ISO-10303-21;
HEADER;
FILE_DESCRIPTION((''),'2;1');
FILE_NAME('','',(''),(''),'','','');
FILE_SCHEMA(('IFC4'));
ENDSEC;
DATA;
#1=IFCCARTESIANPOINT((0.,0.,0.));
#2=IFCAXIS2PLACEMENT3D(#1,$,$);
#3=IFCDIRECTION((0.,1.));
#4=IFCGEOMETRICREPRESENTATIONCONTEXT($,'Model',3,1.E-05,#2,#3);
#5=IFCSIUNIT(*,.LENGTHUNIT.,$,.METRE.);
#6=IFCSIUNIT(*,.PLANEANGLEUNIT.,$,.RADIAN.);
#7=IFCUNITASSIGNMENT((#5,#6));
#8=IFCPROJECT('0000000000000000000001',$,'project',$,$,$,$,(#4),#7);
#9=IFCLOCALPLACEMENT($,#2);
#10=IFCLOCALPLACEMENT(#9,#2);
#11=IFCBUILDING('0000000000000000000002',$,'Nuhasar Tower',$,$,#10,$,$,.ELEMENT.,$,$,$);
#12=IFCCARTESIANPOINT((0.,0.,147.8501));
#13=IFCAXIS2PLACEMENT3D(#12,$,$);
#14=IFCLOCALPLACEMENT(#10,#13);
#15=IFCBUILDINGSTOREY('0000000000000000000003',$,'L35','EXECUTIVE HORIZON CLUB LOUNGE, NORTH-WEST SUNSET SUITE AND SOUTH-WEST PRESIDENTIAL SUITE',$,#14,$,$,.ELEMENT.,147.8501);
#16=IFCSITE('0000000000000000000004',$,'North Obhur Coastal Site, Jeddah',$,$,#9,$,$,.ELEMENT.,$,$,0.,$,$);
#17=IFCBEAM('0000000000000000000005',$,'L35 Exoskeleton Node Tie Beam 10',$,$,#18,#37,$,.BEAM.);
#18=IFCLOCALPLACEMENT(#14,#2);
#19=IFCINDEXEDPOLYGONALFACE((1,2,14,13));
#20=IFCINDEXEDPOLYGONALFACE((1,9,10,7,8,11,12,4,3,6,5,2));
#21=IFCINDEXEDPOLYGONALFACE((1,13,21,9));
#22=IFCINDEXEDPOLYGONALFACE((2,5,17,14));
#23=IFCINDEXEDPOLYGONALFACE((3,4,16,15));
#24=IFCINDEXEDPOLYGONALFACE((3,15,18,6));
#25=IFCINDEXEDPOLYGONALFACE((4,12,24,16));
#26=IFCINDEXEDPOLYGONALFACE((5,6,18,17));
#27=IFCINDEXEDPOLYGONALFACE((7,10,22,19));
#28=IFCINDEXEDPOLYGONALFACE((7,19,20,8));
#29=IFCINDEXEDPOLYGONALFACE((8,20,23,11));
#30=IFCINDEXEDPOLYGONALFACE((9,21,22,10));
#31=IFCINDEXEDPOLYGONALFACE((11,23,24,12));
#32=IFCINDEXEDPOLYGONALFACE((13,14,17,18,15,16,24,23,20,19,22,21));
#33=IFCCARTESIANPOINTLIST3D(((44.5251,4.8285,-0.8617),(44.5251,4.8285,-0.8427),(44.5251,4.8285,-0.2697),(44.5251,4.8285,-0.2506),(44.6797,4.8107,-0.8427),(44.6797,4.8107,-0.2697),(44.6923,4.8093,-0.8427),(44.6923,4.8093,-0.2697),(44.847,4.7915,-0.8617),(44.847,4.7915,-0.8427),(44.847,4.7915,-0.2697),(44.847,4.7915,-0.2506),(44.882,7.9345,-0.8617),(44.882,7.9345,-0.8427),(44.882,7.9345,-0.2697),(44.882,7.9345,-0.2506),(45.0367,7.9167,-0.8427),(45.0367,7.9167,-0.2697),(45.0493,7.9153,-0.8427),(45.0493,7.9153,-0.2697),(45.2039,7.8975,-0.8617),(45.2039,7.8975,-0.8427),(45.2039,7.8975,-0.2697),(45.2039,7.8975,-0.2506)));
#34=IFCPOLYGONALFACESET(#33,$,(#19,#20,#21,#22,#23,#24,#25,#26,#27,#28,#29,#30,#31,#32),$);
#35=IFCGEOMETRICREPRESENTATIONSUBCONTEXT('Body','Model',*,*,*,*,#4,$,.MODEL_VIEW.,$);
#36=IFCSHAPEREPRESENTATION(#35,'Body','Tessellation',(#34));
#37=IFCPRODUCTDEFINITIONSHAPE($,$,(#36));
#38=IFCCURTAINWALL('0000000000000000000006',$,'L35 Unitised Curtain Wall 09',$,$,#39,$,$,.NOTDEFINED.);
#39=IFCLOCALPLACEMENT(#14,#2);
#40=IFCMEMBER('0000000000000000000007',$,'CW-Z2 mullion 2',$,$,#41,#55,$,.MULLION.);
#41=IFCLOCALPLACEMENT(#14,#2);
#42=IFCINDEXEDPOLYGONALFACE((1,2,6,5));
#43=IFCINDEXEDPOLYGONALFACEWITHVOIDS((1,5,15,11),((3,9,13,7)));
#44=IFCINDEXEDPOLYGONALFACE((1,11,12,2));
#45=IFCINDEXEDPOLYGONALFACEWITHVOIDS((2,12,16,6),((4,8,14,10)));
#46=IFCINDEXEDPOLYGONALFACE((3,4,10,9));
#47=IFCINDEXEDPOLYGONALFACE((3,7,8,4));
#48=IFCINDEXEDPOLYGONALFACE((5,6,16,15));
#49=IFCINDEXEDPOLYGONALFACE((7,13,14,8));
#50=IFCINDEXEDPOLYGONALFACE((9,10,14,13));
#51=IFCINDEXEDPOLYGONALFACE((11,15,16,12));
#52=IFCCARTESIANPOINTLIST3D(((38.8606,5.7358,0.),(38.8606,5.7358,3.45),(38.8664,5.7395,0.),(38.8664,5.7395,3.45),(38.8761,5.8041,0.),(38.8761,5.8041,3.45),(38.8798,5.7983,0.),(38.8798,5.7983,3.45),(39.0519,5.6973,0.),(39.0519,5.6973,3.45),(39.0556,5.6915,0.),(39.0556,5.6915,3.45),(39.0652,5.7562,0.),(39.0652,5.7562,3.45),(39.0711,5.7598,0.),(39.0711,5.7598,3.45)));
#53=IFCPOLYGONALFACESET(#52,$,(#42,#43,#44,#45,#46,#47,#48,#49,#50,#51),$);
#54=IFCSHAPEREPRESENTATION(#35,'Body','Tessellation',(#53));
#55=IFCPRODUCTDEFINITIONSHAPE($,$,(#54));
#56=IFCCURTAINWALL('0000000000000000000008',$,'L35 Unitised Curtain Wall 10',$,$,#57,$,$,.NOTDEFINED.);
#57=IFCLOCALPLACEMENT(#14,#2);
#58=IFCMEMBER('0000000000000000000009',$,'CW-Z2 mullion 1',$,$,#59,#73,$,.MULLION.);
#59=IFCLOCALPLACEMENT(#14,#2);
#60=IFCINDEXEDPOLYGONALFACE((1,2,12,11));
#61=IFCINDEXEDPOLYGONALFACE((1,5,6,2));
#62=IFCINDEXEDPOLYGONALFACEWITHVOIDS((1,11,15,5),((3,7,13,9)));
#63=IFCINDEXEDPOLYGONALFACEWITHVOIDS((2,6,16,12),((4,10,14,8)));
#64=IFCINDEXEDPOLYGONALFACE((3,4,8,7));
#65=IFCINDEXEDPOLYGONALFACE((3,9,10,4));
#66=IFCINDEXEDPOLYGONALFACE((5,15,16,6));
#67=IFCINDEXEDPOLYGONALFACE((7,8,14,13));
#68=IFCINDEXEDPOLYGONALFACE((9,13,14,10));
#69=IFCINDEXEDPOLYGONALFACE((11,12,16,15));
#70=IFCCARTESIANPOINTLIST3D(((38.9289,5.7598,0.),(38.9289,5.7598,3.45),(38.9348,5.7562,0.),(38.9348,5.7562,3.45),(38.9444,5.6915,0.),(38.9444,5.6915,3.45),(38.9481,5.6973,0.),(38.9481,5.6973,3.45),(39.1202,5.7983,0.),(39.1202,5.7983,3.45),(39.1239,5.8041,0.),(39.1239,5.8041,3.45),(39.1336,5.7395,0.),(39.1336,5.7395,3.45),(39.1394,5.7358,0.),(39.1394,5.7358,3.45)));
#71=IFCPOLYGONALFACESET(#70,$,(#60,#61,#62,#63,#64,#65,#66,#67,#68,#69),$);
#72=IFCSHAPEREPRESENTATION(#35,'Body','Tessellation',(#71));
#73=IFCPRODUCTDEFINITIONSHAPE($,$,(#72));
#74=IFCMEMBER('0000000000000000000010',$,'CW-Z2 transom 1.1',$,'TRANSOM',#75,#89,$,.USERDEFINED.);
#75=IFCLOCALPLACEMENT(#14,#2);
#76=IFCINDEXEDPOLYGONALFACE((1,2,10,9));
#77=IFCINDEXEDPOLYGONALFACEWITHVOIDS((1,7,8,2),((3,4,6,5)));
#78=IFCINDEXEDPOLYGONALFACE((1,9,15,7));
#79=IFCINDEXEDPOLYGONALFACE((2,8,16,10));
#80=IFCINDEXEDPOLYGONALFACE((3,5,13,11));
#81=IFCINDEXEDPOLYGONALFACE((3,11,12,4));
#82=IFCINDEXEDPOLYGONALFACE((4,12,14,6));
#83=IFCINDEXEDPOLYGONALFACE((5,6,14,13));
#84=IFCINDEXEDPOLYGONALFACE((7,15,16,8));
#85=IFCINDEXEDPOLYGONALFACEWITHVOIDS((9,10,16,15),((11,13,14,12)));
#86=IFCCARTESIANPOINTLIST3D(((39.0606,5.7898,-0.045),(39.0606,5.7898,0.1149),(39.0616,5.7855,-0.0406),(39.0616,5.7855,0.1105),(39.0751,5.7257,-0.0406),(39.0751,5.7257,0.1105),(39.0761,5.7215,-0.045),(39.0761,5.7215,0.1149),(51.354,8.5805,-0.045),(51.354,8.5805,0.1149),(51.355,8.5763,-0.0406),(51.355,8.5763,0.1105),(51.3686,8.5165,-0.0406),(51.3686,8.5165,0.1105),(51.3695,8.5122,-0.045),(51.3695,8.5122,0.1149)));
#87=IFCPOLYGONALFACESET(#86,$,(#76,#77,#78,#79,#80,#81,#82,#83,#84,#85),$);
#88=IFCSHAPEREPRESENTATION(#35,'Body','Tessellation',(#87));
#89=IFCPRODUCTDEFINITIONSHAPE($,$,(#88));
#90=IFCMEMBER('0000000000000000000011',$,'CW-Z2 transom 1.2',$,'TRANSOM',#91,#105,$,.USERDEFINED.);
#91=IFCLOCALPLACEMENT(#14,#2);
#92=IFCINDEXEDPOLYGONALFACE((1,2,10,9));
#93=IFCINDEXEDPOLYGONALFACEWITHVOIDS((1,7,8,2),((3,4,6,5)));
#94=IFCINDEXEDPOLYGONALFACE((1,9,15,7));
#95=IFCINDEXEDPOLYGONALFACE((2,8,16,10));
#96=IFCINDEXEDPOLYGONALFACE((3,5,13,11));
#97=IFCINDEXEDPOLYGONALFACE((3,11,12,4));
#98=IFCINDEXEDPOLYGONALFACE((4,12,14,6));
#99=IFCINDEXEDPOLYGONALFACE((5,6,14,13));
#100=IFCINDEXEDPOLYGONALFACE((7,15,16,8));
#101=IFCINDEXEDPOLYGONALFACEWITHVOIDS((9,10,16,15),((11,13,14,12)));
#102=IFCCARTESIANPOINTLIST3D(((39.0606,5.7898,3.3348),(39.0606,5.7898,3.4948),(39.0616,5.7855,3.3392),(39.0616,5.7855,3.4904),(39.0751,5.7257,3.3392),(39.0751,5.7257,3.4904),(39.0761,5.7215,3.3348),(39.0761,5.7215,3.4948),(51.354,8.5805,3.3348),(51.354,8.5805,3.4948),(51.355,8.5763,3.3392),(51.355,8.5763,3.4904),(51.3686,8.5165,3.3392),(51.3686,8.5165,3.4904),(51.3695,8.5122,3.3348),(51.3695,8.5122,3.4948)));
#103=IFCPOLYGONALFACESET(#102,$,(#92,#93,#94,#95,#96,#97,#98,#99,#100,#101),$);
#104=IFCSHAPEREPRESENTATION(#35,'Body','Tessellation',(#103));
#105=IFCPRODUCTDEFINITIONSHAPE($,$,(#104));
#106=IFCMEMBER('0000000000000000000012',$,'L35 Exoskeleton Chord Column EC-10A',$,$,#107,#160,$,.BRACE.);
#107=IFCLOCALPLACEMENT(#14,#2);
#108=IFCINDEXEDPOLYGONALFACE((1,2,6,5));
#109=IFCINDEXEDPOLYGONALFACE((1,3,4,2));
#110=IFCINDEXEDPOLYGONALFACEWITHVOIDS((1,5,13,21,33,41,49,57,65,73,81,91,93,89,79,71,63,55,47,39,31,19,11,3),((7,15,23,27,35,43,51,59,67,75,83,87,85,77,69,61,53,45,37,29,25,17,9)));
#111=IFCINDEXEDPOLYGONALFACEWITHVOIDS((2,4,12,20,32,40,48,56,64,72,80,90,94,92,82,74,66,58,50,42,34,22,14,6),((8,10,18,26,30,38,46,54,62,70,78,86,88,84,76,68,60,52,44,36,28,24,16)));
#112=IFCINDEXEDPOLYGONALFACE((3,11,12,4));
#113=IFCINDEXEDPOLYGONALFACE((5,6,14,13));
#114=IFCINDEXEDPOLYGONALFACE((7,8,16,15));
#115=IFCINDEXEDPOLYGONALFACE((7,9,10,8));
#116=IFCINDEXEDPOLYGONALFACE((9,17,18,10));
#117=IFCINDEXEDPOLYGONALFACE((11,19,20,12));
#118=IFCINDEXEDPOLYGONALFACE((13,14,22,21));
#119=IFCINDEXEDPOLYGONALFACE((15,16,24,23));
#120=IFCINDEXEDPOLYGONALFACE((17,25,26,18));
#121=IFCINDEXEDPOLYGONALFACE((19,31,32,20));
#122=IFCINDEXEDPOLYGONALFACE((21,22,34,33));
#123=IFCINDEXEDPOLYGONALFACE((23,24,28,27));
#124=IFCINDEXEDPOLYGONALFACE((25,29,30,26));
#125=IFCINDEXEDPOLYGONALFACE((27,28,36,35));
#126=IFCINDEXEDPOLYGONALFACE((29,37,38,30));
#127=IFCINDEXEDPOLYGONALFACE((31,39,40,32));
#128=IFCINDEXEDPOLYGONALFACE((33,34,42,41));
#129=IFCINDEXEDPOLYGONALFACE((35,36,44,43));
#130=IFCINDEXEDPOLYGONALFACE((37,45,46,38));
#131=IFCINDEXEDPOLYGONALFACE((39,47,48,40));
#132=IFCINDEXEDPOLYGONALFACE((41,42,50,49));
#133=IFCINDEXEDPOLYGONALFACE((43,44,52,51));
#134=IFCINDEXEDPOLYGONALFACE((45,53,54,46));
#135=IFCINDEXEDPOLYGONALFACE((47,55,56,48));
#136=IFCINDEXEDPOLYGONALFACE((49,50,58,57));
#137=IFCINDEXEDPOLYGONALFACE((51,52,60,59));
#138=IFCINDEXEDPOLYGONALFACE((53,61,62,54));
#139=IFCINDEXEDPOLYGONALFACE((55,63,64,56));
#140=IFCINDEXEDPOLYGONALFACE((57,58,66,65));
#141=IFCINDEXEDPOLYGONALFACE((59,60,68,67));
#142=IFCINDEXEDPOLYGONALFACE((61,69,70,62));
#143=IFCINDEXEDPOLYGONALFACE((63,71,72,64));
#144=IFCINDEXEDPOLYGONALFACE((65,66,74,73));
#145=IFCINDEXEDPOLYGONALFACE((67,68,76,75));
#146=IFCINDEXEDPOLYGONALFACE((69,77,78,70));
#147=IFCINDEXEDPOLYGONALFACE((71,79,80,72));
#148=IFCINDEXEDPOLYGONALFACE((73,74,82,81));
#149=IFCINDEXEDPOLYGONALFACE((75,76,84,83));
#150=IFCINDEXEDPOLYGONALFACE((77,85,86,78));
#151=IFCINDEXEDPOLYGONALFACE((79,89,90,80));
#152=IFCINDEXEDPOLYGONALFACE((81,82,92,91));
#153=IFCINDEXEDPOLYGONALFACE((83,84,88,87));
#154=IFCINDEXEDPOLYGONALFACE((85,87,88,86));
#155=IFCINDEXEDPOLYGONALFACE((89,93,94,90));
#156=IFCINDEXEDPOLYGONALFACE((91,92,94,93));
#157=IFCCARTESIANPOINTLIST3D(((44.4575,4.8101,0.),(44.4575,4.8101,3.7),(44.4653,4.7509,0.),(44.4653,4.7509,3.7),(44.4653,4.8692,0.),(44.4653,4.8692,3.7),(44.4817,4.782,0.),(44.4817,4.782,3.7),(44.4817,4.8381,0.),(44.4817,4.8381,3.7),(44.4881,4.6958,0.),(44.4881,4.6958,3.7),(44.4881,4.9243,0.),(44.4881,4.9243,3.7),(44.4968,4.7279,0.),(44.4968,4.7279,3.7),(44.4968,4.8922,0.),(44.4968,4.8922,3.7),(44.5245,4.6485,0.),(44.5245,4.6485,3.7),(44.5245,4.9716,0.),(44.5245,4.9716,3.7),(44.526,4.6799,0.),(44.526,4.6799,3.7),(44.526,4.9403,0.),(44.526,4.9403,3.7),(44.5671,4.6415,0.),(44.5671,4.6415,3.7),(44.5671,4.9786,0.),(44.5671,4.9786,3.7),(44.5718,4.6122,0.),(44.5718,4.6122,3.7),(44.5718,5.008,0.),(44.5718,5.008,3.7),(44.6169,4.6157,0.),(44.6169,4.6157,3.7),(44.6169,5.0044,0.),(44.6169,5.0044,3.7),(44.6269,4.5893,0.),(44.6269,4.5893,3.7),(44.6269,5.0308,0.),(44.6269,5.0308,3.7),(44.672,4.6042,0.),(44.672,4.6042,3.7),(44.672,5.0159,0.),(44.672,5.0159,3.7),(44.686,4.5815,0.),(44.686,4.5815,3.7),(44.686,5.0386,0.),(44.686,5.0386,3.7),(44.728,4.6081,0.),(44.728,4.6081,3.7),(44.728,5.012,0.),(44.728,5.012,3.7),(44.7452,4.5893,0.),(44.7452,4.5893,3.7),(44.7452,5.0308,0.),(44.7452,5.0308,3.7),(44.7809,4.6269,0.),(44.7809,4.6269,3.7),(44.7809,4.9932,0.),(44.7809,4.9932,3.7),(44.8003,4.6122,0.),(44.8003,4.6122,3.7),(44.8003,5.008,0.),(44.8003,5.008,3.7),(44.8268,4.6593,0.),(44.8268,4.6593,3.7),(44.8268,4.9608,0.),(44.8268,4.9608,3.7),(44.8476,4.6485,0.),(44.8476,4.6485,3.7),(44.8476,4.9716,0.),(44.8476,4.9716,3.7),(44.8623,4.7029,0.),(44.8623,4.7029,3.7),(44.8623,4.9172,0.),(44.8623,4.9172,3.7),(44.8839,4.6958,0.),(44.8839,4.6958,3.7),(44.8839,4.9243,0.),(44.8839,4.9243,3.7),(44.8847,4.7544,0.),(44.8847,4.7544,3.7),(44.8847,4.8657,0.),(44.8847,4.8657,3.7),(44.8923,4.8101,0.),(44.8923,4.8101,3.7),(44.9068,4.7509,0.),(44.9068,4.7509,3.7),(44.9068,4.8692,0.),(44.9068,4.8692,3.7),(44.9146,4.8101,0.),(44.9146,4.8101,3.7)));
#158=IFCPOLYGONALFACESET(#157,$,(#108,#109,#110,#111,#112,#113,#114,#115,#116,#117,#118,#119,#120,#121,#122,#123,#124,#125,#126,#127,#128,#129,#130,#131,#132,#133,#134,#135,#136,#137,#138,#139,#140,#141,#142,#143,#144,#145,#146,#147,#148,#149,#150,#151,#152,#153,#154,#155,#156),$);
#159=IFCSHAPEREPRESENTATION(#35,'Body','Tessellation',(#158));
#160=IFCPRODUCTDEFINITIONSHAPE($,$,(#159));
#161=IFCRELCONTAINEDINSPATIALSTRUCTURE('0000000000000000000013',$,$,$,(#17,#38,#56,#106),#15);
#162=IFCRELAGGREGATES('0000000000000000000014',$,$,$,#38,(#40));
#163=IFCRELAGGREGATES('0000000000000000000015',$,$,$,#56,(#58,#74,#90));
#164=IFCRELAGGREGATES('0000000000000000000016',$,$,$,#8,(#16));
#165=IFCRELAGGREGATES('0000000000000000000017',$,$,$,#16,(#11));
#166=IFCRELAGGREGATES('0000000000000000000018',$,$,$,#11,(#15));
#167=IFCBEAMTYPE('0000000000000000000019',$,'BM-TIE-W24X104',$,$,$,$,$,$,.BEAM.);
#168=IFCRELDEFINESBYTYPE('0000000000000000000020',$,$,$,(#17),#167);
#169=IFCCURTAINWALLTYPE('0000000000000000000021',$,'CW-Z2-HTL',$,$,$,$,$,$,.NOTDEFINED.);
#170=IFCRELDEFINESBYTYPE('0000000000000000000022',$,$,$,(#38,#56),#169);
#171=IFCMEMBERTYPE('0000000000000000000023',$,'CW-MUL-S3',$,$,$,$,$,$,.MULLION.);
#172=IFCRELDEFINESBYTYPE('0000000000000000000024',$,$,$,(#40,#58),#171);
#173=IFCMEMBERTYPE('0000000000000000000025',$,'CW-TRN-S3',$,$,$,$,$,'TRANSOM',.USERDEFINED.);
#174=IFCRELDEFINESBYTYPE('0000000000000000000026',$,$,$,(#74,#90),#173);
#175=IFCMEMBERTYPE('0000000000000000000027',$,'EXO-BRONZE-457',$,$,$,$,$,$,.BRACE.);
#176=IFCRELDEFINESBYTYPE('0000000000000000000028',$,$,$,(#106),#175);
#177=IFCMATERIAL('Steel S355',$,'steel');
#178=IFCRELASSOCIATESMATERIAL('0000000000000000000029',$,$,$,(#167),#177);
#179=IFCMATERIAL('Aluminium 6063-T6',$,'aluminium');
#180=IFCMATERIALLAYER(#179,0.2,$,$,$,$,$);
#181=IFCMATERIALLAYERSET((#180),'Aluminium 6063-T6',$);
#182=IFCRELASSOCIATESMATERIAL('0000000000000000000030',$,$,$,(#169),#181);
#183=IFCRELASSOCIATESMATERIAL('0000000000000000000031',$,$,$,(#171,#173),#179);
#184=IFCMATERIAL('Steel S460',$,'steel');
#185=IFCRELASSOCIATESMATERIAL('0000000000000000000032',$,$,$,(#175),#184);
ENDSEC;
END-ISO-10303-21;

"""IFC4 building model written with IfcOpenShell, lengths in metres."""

from ifc_helpers import new_model, si_unit, direction, frame, origin, origin_2d, place, context, subcontext, project, spatial, hollow_rectangle, hollow_circle, i_section, extrude, material, layer, layer_set, material_profile, profile_set, type_object, element, aggregate, save


model = new_model("IFC4")

# Units and contexts
model_context = context("Model", 3, precision=1e-05, world=origin(), true_north=direction((0.0, 1.0)))
body_context = subcontext(model_context, "Body", "Model", "MODEL_VIEW")
ifc_project = project(units=[si_unit("LENGTHUNIT", "METRE"), si_unit("PLANEANGLEUNIT", "RADIAN")], contexts=[model_context])

# Site, building, storey
site_placement = place(None, origin())
site = spatial("IfcSite", under=ifc_project, at=site_placement, Name="North Obhur Coastal Site, Jeddah", CompositionType="ELEMENT", RefElevation=0.0)
building_placement = place(site_placement, origin())
building = spatial("IfcBuilding", under=site, at=building_placement, Name="Nuhasar Tower", CompositionType="ELEMENT")
storey_placement = place(building_placement, frame((0.0, 0.0, 147.8501)))
storey = spatial("IfcBuildingStorey", under=building, at=storey_placement, Name="L35", Description="EXECUTIVE HORIZON CLUB LOUNGE, NORTH-WEST SUNSET SUITE AND SOUTH-WEST PRESIDENTIAL SUITE", CompositionType="ELEMENT", Elevation=147.8501)

# Beam
ifc_material_1 = material(Name="Steel S355", Category="steel")
ifc_material_profile_1 = material_profile(ifc_material_1, i_section(OverallWidth=0.324, OverallDepth=0.6111, WebThickness=0.0127, FlangeThickness=0.019, at=origin_2d()), Name="W24X104")
ifc_profile_set_1 = profile_set([ifc_material_profile_1], Name="Steel S355")
beam_type_1 = type_object("IfcBeamType", Name="BM-TIE-W24X104", PredefinedType="BEAM", material=ifc_profile_set_1)
beam_1_placement = place(storey_placement, frame((45.043, 7.916, -0.5562), z_axis=(-0.114168, -0.993461, 0.0), x_axis=(0.993461, -0.114168, 0.0)))
element("IfcBeam", 1, at=beam_1_placement, inside=storey, type_object=beam_type_1, Name="L35 Exoskeleton Node Tie Beam 10", PredefinedType="BEAM", context=body_context, shape_type="SweptSolid", body=[
    extrude(i_section(OverallWidth=0.324, OverallDepth=0.6111, WebThickness=0.0127, FlangeThickness=0.019, at=origin_2d()), origin(), (0.0, 0.0, 1.0), 3.1265),
])

# Curtain wall, member
ifc_material_2 = material(Name="Aluminium 6063-T6", Category="aluminium")
ifc_layer_1 = layer(ifc_material_2, 0.2)
ifc_layer_set_1 = layer_set([ifc_layer_1], Name="Aluminium 6063-T6")
curtain_wall_type = type_object("IfcCurtainWallType", Name="CW-Z2-HTL", PredefinedType="NOTDEFINED", material=ifc_layer_set_1)
curtain_wall_1_placement = place(storey_placement, origin())
curtain_wall_1 = element("IfcCurtainWall", 2, at=curtain_wall_1_placement, inside=storey, type_object=curtain_wall_type, Name="L35 Unitised Curtain Wall 09", PredefinedType="NOTDEFINED")
ifc_material_profile_2 = material_profile(ifc_material_2, hollow_rectangle(XDim=0.0701, YDim=0.2, WallThickness=0.0049, at=origin_2d()), Name="CWM-3")
ifc_profile_set_2 = profile_set([ifc_material_profile_2], Name="Aluminium 6063-T6")
member_type_1 = type_object("IfcMemberType", Name="CW-MUL-S3", PredefinedType="MULLION", material=ifc_profile_set_2)
member_1_placement = place(storey_placement, frame((38.9658, 5.7478, 0.0), z_axis=(0.0, 0.0, 1.0), x_axis=(0.221397, 0.975184, 0.0)))
member_1 = element("IfcMember", 3, at=member_1_placement, type_object=member_type_1, Name="CW-Z2 mullion 2", PredefinedType="MULLION", context=body_context, shape_type="SweptSolid", body=[
    extrude(hollow_rectangle(XDim=0.0701, YDim=0.2, WallThickness=0.0049, at=origin_2d()), origin(), (0.0, 0.0, 1.0), 3.45),
])
aggregate(curtain_wall_1, [member_1])

# Curtain wall, members
curtain_wall_2_placement = place(storey_placement, origin())
curtain_wall_2 = element("IfcCurtainWall", 4, at=curtain_wall_2_placement, inside=storey, type_object=curtain_wall_type, Name="L35 Unitised Curtain Wall 10", PredefinedType="NOTDEFINED")
member_2_placement = place(storey_placement, frame((39.0342, 5.7478, 0.0), z_axis=(0.0, 0.0, 1.0), x_axis=(-0.221397, 0.975184, 0.0)))
member_2 = element("IfcMember", 5, at=member_2_placement, type_object=member_type_1, Name="CW-Z2 mullion 1", PredefinedType="MULLION", context=body_context, shape_type="SweptSolid", body=[
    extrude(hollow_rectangle(XDim=0.0701, YDim=0.2, WallThickness=0.0049, at=origin_2d()), origin(), (0.0, 0.0, 1.0), 3.45),
])
ifc_material_profile_3 = material_profile(ifc_material_2, hollow_rectangle(XDim=0.0701, YDim=0.1599, WallThickness=0.0044, at=origin_2d()), Name="CWT-3")
ifc_profile_set_3 = profile_set([ifc_material_profile_3], Name="Aluminium 6063-T6")
member_type_2 = type_object("IfcMemberType", Name="CW-TRN-S3", ElementType="TRANSOM", PredefinedType="USERDEFINED", material=ifc_profile_set_3)
member_3_placement = place(storey_placement, frame((39.0684, 5.7556, 0.0349), z_axis=(0.975188, 0.22138, 0.0), x_axis=(-0.22138, 0.975188, 0.0)))
member_3 = element("IfcMember", 6, at=member_3_placement, type_object=member_type_2, Name="CW-Z2 transom 1.1", ObjectType="TRANSOM", PredefinedType="USERDEFINED", context=body_context, shape_type="SweptSolid", body=[
    extrude(hollow_rectangle(XDim=0.0701, YDim=0.1599, WallThickness=0.0044, at=origin_2d()), origin(), (0.0, 0.0, 1.0), 12.6062),
])
member_4_placement = place(storey_placement, frame((39.0684, 5.7556, 3.4148), z_axis=(0.975188, 0.22138, 0.0), x_axis=(-0.22138, 0.975188, 0.0)))
member_4 = element("IfcMember", 7, at=member_4_placement, type_object=member_type_2, Name="CW-Z2 transom 1.2", ObjectType="TRANSOM", PredefinedType="USERDEFINED", context=body_context, shape_type="SweptSolid", body=[
    extrude(hollow_rectangle(XDim=0.0701, YDim=0.1599, WallThickness=0.0044, at=origin_2d()), origin(), (0.0, 0.0, 1.0), 12.6062),
])

# Member
ifc_material_3 = material(Name="Steel S460", Category="steel")
ifc_material_profile_4 = material_profile(ifc_material_3, hollow_circle(Radius=0.2285, WallThickness=0.0222, at=origin_2d()), Name="HSS457X22.2")
ifc_profile_set_4 = profile_set([ifc_material_profile_4], Name="Steel S460")
member_type_3 = type_object("IfcMemberType", Name="EXO-BRONZE-457", PredefinedType="BRACE", material=ifc_profile_set_4)
member_5_placement = place(storey_placement, frame((44.686, 4.8101, 0.0), z_axis=(0.0, 0.0, 1.0), x_axis=(1.0, 0.0, 0.0)))
element("IfcMember", 8, at=member_5_placement, inside=storey, type_object=member_type_3, Name="L35 Exoskeleton Chord Column EC-10A", PredefinedType="BRACE", context=body_context, shape_type="SweptSolid", body=[
    extrude(hollow_circle(Radius=0.2285, WallThickness=0.0222, at=origin_2d()), origin(), (0.0, 0.0, 1.0), 3.7),
])

aggregate(curtain_wall_2, [member_2, member_3, member_4])

save(model, "model.ifc")
